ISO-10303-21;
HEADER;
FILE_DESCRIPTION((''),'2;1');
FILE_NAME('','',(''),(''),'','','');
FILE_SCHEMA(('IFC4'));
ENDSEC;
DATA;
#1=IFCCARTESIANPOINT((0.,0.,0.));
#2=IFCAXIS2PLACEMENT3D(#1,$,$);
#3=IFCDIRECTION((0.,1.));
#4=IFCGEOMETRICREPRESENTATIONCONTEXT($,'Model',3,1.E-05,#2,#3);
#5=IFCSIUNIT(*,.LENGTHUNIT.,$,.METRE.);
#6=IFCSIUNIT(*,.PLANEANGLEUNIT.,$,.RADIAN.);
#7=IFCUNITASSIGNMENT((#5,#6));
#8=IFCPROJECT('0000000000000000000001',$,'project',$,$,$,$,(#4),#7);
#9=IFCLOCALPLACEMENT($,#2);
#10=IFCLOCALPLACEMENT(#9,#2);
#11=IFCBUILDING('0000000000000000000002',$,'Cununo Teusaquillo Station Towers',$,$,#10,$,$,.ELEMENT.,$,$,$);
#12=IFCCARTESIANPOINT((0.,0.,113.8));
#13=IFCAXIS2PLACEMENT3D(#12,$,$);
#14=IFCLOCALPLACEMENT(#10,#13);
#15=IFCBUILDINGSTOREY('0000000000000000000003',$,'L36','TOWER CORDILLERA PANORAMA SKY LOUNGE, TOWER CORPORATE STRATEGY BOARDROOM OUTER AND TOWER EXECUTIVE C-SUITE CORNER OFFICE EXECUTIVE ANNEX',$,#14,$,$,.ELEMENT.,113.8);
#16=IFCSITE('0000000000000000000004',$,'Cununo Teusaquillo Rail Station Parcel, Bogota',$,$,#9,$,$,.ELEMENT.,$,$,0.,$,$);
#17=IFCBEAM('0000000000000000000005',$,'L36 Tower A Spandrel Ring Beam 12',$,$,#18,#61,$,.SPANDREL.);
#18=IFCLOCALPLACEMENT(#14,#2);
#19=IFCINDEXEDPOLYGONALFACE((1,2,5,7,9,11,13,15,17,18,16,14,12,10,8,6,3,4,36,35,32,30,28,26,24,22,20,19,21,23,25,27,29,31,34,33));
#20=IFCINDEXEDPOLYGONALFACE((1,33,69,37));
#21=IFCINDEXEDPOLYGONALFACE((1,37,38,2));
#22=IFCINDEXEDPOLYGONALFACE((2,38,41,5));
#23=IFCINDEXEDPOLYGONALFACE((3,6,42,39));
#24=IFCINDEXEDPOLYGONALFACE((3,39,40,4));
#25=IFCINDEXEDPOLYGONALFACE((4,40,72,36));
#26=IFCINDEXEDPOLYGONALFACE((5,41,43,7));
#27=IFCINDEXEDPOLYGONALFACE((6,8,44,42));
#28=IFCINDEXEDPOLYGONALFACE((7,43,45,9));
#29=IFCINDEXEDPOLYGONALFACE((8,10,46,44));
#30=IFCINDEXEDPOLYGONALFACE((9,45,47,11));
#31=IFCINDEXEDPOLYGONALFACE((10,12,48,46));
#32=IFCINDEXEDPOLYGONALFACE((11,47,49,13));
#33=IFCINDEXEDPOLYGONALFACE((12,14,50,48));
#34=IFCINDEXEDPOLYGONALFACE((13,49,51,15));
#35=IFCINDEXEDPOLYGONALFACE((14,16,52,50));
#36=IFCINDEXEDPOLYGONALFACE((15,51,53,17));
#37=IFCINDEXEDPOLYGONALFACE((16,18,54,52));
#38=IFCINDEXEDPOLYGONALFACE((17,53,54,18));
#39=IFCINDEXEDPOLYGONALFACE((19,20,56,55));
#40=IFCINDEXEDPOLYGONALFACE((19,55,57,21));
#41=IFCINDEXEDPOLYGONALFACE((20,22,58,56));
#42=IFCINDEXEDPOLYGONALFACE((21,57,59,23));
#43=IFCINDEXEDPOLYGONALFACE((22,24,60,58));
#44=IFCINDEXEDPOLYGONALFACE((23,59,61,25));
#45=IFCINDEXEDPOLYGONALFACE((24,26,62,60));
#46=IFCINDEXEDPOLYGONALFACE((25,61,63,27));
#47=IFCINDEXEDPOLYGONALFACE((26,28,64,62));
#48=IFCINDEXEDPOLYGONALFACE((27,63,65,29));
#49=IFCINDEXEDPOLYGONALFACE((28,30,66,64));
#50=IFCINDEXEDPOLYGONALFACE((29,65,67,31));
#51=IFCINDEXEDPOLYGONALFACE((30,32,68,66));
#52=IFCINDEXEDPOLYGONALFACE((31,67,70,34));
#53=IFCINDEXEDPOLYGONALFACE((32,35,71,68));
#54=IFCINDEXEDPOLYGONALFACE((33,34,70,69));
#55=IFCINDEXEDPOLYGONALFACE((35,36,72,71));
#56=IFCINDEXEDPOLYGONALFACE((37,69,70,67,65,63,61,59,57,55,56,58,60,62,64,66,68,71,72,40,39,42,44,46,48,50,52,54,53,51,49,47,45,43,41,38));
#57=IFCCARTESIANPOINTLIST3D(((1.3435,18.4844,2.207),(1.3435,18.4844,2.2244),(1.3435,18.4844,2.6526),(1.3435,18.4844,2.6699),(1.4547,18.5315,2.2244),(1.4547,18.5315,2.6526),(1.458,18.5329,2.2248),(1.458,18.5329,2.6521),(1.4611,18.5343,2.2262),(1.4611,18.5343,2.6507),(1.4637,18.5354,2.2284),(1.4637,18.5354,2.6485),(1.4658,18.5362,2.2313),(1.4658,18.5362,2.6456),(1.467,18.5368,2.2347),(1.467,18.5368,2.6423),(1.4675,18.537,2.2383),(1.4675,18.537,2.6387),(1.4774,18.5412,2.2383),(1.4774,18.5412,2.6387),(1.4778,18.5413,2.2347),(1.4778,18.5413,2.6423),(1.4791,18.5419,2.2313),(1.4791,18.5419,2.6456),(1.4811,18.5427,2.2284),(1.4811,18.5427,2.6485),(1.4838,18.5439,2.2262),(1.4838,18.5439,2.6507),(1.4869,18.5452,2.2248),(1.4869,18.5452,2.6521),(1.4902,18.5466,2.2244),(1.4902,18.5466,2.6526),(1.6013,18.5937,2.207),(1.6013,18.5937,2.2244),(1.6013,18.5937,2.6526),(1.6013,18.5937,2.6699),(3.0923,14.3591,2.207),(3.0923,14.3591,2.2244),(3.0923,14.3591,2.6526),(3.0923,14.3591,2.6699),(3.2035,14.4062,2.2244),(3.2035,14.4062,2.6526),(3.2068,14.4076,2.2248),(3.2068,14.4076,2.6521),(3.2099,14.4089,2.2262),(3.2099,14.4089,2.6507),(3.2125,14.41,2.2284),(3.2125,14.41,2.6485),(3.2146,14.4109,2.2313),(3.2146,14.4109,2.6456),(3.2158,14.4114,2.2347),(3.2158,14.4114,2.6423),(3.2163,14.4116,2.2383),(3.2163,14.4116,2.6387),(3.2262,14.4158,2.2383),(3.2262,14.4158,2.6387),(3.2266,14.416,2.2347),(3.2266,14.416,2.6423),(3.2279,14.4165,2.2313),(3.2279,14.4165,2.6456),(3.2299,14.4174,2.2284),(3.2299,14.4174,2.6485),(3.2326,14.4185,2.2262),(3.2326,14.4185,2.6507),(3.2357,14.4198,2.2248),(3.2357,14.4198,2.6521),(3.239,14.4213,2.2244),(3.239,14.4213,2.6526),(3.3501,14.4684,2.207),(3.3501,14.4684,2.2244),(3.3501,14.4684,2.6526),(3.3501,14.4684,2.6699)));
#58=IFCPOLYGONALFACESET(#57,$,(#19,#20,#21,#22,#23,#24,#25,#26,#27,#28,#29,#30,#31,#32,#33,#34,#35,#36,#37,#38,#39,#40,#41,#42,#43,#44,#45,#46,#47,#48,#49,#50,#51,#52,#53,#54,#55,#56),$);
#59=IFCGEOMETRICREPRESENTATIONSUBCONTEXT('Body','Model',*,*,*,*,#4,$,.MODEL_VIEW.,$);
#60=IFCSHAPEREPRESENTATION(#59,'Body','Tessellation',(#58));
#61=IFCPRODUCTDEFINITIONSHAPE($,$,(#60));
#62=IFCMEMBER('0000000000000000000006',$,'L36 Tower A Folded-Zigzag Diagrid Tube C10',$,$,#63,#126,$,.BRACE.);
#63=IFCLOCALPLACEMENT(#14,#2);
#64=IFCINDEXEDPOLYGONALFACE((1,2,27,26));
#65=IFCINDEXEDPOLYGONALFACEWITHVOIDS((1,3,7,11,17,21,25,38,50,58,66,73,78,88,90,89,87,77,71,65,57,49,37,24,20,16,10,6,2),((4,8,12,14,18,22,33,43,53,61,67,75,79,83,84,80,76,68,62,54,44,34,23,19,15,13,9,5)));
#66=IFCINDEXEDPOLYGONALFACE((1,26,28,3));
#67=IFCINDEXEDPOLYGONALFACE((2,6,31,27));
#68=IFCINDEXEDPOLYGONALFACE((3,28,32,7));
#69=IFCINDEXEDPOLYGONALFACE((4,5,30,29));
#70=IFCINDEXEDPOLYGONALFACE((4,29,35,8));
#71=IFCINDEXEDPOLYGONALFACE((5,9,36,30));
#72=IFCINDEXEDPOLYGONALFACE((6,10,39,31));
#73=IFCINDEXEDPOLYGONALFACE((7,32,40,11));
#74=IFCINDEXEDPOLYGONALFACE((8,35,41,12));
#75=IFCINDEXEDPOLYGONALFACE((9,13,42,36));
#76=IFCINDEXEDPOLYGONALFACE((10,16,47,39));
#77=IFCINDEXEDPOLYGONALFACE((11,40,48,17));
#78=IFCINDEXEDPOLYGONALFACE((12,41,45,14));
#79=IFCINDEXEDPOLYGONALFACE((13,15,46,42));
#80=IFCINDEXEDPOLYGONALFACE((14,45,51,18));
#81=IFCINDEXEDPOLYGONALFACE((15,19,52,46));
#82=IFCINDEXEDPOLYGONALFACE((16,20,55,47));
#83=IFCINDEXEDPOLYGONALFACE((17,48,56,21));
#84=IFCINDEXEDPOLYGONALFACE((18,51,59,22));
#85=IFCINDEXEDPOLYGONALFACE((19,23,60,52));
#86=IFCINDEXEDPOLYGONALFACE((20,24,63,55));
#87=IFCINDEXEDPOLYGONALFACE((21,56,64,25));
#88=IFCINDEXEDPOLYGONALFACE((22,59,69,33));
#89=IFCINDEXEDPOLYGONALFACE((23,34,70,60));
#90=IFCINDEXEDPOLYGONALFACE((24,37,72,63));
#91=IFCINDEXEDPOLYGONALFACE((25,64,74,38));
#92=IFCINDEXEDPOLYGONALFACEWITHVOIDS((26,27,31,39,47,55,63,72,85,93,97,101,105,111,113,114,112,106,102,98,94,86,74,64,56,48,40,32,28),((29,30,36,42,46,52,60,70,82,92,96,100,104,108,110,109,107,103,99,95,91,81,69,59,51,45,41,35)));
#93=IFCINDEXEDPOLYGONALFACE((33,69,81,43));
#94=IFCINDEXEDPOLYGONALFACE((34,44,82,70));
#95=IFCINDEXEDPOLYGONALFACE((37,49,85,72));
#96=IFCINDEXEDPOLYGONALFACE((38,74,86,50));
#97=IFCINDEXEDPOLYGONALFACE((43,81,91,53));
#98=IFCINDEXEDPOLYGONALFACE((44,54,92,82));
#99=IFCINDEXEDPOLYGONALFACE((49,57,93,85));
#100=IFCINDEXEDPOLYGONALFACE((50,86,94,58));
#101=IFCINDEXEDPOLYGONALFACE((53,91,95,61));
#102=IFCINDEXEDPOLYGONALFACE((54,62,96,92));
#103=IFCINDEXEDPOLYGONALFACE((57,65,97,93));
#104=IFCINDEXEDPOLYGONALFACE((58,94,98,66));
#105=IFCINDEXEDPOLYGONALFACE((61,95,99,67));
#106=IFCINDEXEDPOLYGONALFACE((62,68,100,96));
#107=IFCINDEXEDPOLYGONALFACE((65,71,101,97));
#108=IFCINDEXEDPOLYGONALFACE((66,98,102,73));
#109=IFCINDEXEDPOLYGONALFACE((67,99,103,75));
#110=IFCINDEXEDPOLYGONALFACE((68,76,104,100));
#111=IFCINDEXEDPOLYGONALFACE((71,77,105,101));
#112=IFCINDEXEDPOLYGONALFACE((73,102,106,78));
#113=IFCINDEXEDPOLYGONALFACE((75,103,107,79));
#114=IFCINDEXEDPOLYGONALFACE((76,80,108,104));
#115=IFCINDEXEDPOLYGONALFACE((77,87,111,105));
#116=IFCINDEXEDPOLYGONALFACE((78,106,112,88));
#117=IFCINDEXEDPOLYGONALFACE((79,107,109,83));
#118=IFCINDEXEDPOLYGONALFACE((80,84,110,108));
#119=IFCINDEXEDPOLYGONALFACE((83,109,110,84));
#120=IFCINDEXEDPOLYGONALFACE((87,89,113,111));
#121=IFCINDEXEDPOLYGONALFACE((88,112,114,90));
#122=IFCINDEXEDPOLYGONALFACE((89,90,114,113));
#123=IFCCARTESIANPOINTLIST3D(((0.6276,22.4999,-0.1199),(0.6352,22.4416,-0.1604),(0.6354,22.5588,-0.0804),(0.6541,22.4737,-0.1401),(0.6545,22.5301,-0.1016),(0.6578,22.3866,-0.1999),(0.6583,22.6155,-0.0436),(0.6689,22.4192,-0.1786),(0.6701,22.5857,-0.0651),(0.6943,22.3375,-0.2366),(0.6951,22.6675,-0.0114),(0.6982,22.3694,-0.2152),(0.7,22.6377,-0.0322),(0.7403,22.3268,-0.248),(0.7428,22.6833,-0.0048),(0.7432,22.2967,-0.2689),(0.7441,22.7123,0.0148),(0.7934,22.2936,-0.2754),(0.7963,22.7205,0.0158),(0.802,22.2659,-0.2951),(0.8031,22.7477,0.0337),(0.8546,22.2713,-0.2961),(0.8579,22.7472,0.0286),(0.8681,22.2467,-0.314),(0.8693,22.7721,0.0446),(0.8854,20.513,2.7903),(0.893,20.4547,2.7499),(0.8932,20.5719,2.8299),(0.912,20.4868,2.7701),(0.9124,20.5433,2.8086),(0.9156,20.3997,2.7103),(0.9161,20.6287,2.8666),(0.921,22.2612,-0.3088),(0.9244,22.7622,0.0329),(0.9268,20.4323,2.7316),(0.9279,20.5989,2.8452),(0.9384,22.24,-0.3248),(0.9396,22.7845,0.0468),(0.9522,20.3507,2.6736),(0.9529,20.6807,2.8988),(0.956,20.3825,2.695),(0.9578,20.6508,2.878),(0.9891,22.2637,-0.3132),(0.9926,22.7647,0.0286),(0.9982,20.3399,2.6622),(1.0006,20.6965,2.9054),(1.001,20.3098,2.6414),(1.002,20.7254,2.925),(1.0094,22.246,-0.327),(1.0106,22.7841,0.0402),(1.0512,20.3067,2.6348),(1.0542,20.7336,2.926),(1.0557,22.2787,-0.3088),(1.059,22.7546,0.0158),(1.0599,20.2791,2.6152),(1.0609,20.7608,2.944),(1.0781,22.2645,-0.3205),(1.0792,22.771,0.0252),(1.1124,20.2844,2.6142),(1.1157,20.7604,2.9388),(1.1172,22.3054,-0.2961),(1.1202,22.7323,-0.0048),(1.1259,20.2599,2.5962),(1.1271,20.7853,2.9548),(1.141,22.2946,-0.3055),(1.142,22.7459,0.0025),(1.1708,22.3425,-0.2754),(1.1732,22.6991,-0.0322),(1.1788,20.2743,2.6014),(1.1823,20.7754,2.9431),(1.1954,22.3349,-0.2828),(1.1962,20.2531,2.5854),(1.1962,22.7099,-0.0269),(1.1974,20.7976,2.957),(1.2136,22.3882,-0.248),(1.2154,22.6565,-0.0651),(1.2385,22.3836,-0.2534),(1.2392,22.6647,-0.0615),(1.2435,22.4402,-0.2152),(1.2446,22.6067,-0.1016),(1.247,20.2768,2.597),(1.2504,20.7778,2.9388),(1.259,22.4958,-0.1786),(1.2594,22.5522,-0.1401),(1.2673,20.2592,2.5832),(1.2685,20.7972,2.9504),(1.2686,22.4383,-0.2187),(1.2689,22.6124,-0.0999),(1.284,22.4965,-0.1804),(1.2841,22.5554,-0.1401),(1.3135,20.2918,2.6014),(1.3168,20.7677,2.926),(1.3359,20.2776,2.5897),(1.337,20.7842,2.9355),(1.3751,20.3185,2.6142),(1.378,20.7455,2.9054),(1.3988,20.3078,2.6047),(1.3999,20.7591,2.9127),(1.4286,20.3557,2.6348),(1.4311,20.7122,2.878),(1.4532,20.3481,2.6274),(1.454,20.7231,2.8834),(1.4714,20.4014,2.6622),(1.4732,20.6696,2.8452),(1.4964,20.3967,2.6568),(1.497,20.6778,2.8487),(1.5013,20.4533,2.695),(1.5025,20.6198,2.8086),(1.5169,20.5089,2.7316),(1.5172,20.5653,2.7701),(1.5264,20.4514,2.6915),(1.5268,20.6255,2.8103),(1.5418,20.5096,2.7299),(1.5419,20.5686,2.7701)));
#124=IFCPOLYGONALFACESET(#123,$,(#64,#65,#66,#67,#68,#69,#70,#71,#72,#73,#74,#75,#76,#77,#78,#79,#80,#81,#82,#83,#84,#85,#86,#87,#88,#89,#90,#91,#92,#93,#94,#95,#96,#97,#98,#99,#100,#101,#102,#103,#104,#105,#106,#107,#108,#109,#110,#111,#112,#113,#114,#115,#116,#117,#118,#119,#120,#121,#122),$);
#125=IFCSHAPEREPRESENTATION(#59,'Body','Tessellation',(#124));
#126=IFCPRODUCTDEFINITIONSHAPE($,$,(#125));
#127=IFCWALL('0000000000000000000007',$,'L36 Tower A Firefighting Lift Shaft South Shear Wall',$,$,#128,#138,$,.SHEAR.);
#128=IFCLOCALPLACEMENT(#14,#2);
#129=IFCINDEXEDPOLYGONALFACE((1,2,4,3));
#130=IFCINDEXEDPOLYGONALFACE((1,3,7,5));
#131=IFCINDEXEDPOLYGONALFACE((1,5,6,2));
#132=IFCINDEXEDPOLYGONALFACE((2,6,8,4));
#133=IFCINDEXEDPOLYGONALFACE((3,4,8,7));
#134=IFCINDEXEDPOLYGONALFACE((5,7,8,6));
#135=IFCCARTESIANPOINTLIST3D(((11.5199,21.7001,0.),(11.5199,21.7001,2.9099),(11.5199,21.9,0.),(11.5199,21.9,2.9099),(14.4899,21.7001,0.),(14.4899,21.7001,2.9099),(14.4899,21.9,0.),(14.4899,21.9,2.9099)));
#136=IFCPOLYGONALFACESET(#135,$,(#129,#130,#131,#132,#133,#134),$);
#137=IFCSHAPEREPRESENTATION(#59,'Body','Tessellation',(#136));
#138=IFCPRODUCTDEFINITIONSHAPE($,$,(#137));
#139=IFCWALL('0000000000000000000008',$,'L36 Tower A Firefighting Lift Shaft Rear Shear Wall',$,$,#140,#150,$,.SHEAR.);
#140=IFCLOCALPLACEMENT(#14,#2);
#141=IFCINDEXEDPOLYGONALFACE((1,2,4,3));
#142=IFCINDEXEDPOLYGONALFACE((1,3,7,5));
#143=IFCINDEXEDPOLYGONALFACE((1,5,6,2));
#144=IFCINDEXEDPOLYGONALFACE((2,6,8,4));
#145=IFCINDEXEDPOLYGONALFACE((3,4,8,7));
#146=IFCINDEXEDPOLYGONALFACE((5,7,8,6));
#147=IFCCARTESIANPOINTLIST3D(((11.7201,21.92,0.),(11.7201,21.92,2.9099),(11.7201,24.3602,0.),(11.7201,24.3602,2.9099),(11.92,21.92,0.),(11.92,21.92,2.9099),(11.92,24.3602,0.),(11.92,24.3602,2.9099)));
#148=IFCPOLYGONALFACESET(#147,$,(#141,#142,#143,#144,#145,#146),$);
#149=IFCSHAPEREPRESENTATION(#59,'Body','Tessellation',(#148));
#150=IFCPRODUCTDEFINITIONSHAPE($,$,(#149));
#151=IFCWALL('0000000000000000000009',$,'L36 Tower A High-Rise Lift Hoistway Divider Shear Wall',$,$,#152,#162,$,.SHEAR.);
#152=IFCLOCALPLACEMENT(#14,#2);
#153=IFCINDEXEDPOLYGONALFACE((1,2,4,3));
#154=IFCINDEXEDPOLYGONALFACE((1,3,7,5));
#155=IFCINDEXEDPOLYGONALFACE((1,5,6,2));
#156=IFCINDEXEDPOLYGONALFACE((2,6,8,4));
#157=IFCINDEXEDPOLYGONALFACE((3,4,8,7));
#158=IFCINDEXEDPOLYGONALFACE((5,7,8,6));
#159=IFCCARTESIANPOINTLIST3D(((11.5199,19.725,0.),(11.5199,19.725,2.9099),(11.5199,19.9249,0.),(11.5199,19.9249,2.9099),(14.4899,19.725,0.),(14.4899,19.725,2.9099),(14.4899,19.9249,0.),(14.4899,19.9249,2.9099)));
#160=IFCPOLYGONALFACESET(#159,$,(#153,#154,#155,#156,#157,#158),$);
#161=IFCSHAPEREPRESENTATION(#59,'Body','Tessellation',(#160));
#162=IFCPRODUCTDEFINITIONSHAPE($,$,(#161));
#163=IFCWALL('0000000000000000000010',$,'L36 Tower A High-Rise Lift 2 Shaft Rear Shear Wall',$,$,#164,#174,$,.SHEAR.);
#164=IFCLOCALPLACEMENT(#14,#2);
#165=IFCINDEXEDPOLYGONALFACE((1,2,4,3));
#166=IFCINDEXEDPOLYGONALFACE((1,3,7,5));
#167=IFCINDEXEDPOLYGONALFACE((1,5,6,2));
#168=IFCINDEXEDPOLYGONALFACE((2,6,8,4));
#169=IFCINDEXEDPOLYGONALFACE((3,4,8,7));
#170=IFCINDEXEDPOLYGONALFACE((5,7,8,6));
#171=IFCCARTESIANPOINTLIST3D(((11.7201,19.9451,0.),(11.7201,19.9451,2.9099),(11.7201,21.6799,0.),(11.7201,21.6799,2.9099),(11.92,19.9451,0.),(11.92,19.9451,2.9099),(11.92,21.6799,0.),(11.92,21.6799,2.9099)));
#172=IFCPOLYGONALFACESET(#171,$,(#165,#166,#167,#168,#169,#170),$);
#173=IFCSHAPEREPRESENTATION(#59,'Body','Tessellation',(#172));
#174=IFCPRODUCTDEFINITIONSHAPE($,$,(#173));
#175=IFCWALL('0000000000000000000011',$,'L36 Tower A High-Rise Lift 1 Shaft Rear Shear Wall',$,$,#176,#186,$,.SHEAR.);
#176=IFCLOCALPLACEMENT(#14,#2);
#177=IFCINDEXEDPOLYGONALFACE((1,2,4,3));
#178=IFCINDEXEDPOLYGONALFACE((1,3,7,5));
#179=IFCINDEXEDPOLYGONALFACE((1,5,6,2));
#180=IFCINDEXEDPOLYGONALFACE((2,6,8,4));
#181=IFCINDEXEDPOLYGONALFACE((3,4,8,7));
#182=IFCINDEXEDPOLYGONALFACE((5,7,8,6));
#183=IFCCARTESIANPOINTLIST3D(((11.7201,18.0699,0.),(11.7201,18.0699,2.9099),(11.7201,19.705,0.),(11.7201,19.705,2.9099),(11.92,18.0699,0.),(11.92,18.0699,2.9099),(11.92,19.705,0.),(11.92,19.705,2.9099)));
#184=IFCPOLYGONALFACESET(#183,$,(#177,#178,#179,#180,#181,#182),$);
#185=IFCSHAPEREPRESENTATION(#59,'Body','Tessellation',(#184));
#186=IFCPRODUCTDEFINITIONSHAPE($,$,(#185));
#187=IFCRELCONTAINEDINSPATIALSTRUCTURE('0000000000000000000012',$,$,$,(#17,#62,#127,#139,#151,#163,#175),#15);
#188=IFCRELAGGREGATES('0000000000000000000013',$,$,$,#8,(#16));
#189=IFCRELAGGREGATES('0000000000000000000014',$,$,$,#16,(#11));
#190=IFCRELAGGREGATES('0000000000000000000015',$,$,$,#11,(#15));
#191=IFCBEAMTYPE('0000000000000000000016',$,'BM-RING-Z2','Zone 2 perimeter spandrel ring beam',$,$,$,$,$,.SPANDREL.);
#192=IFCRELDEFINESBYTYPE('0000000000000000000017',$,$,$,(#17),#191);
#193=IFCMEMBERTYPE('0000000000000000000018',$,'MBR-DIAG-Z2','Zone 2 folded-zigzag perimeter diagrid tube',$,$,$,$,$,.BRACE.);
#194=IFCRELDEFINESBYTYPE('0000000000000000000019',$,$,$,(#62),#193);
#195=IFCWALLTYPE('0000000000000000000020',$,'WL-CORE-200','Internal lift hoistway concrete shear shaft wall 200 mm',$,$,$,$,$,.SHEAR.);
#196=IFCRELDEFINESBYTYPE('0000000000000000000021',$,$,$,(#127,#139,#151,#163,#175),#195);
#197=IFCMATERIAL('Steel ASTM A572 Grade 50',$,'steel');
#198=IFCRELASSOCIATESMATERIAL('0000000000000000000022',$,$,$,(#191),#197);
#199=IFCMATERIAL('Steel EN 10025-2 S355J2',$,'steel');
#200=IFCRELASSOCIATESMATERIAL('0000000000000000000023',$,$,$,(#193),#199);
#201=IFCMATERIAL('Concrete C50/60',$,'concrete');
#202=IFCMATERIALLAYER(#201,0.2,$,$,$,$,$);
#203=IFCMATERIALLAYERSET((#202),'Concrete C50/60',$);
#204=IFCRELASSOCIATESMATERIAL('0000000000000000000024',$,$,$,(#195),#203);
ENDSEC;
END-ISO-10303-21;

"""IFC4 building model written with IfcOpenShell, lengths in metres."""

from ifc_helpers import new_model, si_unit, direction, frame, frame_2d, origin, origin_2d, place, context, subcontext, project, spatial, rectangle, hollow_circle, i_section, extrude, material, layer, layer_set, material_profile, profile_set, type_object, element, save


model = new_model("IFC4")

# Units and contexts
model_context = context("Model", 3, precision=1e-05, world=origin(), true_north=direction((0.0, 1.0)))
body_context = subcontext(model_context, "Body", "Model", "MODEL_VIEW")
ifc_project = project(units=[si_unit("LENGTHUNIT", "METRE"), si_unit("PLANEANGLEUNIT", "RADIAN")], contexts=[model_context])

# Site, building, storey
site_placement = place(None, origin())
site = spatial("IfcSite", under=ifc_project, at=site_placement, Name="Cununo Teusaquillo Rail Station Parcel, Bogota", CompositionType="ELEMENT", RefElevation=0.0)
building_placement = place(site_placement, origin())
building = spatial("IfcBuilding", under=site, at=building_placement, Name="Cununo Teusaquillo Station Towers", CompositionType="ELEMENT")
storey_placement = place(building_placement, frame((0.0, 0.0, 113.8)))
storey = spatial("IfcBuildingStorey", under=building, at=storey_placement, Name="L36", Description="TOWER CORDILLERA PANORAMA SKY LOUNGE, TOWER CORPORATE STRATEGY BOARDROOM OUTER AND TOWER EXECUTIVE C-SUITE CORNER OFFICE EXECUTIVE ANNEX", CompositionType="ELEMENT", Elevation=113.8)

# Beam
ifc_material_1 = material(Name="Steel ASTM A572 Grade 50", Category="steel")
ifc_material_profile_1 = material_profile(ifc_material_1, i_section(OverallWidth=0.28, OverallDepth=0.4629, WebThickness=0.0107, FlangeThickness=0.0173, FilletRadius=0.0139, at=origin_2d()), Name="W18X76")
ifc_profile_set_1 = profile_set([ifc_material_profile_1], Name="Steel ASTM A572 Grade 50")
beam_type_1 = type_object("IfcBeamType", Name="BM-RING-Z2", Description="Zone 2 perimeter spandrel ring beam", PredefinedType="SPANDREL", material=ifc_profile_set_1)
beam_1_placement = place(storey_placement, frame((1.4724, 18.5391, 2.4385), z_axis=(0.390299, -0.920688, 0.0), x_axis=(0.920688, 0.390299, 0.0)))
element("IfcBeam", 1, at=beam_1_placement, inside=storey, type_object=beam_type_1, Name="L36 Tower A Spandrel Ring Beam 12", PredefinedType="SPANDREL", context=body_context, shape_type="SweptSolid", body=[
    extrude(i_section(OverallWidth=0.28, OverallDepth=0.4629, WebThickness=0.0107, FlangeThickness=0.0173, FilletRadius=0.0139, at=origin_2d()), origin(), (0.0, 0.0, 1.0), 4.4807),
])

# Member
ifc_material_2 = material(Name="Steel EN 10025-2 S355J2", Category="steel")
ifc_material_profile_2 = material_profile(ifc_material_2, hollow_circle(Radius=0.3301, WallThickness=0.0249, at=origin_2d()), Name="CHS 660x25")
ifc_profile_set_2 = profile_set([ifc_material_profile_2], Name="Steel EN 10025-2 S355J2")
member_type = type_object("IfcMemberType", Name="MBR-DIAG-Z2", Description="Zone 2 folded-zigzag perimeter diagrid tube", PredefinedType="BRACE", material=ifc_profile_set_2)
member_placement = place(storey_placement, frame((0.9568, 22.5129, -0.1401), z_axis=(0.07297, -0.562341, 0.82368), x_axis=(0.991686, 0.128683, 0.0)))
element("IfcMember", 2, at=member_placement, inside=storey, type_object=member_type, Name="L36 Tower A Folded-Zigzag Diagrid Tube C10", PredefinedType="BRACE", context=body_context, shape_type="SweptSolid", body=[
    extrude(hollow_circle(Radius=0.3301, WallThickness=0.0249, at=origin_2d()), origin(), (0.0, 0.0, 1.0), 3.5332),
])

# Walls
ifc_material_3 = material(Name="Concrete C50/60", Category="concrete")
ifc_layer_1 = layer(ifc_material_3, 0.2)
ifc_layer_set_1 = layer_set([ifc_layer_1], Name="Concrete C50/60")
wall_type_1 = type_object("IfcWallType", Name="WL-CORE-200", Description="Internal lift hoistway concrete shear shaft wall 200 mm", PredefinedType="SHEAR", material=ifc_layer_set_1)
wall_1_placement = place(storey_placement, frame((11.52, 21.8, 0.0), z_axis=(0.0, 0.0, 1.0), x_axis=(1.0, 0.0, 0.0)))
element("IfcWall", 3, at=wall_1_placement, inside=storey, type_object=wall_type_1, Name="L36 Tower A Firefighting Lift Shaft South Shear Wall", PredefinedType="SHEAR", context=body_context, shape_type="SweptSolid", body=[
    extrude(rectangle(XDim=2.97, YDim=0.2, at=frame_2d((1.4849, 0.0))), origin(), (0.0, 0.0, 1.0), 2.9099),
])
wall_2_placement = place(storey_placement, frame((11.8201, 21.9199, 0.0), z_axis=(0.0, 0.0, 1.0), x_axis=(0.0, 1.0, 0.0)))
element("IfcWall", 4, at=wall_2_placement, inside=storey, type_object=wall_type_1, Name="L36 Tower A Firefighting Lift Shaft Rear Shear Wall", PredefinedType="SHEAR", context=body_context, shape_type="SweptSolid", body=[
    extrude(rectangle(XDim=2.4402, YDim=0.2, at=frame_2d((1.2202, 0.0))), origin(), (0.0, 0.0, 1.0), 2.9099),
])
wall_3_placement = place(storey_placement, frame((11.52, 19.825, 0.0), z_axis=(0.0, 0.0, 1.0), x_axis=(1.0, 0.0, 0.0)))
element("IfcWall", 5, at=wall_3_placement, inside=storey, type_object=wall_type_1, Name="L36 Tower A High-Rise Lift Hoistway Divider Shear Wall", PredefinedType="SHEAR", context=body_context, shape_type="SweptSolid", body=[
    extrude(rectangle(XDim=2.97, YDim=0.2, at=frame_2d((1.4849, 0.0))), origin(), (0.0, 0.0, 1.0), 2.9099),
])
wall_4_placement = place(storey_placement, frame((11.8201, 19.9451, 0.0), z_axis=(0.0, 0.0, 1.0), x_axis=(0.0, 1.0, 0.0)))
element("IfcWall", 6, at=wall_4_placement, inside=storey, type_object=wall_type_1, Name="L36 Tower A High-Rise Lift 2 Shaft Rear Shear Wall", PredefinedType="SHEAR", context=body_context, shape_type="SweptSolid", body=[
    extrude(rectangle(XDim=1.7349, YDim=0.2, at=frame_2d((0.8674, 0.0))), origin(), (0.0, 0.0, 1.0), 2.9099),
])
wall_5_placement = place(storey_placement, frame((11.8201, 18.0701, 0.0), z_axis=(0.0, 0.0, 1.0), x_axis=(0.0, 1.0, 0.0)))
element("IfcWall", 7, at=wall_5_placement, inside=storey, type_object=wall_type_1, Name="L36 Tower A High-Rise Lift 1 Shaft Rear Shear Wall", PredefinedType="SHEAR", context=body_context, shape_type="SweptSolid", body=[
    extrude(rectangle(XDim=1.635, YDim=0.2, at=frame_2d((0.8174, 0.0))), origin(), (0.0, 0.0, 1.0), 2.9099),
])

save(model, "model.ifc")
